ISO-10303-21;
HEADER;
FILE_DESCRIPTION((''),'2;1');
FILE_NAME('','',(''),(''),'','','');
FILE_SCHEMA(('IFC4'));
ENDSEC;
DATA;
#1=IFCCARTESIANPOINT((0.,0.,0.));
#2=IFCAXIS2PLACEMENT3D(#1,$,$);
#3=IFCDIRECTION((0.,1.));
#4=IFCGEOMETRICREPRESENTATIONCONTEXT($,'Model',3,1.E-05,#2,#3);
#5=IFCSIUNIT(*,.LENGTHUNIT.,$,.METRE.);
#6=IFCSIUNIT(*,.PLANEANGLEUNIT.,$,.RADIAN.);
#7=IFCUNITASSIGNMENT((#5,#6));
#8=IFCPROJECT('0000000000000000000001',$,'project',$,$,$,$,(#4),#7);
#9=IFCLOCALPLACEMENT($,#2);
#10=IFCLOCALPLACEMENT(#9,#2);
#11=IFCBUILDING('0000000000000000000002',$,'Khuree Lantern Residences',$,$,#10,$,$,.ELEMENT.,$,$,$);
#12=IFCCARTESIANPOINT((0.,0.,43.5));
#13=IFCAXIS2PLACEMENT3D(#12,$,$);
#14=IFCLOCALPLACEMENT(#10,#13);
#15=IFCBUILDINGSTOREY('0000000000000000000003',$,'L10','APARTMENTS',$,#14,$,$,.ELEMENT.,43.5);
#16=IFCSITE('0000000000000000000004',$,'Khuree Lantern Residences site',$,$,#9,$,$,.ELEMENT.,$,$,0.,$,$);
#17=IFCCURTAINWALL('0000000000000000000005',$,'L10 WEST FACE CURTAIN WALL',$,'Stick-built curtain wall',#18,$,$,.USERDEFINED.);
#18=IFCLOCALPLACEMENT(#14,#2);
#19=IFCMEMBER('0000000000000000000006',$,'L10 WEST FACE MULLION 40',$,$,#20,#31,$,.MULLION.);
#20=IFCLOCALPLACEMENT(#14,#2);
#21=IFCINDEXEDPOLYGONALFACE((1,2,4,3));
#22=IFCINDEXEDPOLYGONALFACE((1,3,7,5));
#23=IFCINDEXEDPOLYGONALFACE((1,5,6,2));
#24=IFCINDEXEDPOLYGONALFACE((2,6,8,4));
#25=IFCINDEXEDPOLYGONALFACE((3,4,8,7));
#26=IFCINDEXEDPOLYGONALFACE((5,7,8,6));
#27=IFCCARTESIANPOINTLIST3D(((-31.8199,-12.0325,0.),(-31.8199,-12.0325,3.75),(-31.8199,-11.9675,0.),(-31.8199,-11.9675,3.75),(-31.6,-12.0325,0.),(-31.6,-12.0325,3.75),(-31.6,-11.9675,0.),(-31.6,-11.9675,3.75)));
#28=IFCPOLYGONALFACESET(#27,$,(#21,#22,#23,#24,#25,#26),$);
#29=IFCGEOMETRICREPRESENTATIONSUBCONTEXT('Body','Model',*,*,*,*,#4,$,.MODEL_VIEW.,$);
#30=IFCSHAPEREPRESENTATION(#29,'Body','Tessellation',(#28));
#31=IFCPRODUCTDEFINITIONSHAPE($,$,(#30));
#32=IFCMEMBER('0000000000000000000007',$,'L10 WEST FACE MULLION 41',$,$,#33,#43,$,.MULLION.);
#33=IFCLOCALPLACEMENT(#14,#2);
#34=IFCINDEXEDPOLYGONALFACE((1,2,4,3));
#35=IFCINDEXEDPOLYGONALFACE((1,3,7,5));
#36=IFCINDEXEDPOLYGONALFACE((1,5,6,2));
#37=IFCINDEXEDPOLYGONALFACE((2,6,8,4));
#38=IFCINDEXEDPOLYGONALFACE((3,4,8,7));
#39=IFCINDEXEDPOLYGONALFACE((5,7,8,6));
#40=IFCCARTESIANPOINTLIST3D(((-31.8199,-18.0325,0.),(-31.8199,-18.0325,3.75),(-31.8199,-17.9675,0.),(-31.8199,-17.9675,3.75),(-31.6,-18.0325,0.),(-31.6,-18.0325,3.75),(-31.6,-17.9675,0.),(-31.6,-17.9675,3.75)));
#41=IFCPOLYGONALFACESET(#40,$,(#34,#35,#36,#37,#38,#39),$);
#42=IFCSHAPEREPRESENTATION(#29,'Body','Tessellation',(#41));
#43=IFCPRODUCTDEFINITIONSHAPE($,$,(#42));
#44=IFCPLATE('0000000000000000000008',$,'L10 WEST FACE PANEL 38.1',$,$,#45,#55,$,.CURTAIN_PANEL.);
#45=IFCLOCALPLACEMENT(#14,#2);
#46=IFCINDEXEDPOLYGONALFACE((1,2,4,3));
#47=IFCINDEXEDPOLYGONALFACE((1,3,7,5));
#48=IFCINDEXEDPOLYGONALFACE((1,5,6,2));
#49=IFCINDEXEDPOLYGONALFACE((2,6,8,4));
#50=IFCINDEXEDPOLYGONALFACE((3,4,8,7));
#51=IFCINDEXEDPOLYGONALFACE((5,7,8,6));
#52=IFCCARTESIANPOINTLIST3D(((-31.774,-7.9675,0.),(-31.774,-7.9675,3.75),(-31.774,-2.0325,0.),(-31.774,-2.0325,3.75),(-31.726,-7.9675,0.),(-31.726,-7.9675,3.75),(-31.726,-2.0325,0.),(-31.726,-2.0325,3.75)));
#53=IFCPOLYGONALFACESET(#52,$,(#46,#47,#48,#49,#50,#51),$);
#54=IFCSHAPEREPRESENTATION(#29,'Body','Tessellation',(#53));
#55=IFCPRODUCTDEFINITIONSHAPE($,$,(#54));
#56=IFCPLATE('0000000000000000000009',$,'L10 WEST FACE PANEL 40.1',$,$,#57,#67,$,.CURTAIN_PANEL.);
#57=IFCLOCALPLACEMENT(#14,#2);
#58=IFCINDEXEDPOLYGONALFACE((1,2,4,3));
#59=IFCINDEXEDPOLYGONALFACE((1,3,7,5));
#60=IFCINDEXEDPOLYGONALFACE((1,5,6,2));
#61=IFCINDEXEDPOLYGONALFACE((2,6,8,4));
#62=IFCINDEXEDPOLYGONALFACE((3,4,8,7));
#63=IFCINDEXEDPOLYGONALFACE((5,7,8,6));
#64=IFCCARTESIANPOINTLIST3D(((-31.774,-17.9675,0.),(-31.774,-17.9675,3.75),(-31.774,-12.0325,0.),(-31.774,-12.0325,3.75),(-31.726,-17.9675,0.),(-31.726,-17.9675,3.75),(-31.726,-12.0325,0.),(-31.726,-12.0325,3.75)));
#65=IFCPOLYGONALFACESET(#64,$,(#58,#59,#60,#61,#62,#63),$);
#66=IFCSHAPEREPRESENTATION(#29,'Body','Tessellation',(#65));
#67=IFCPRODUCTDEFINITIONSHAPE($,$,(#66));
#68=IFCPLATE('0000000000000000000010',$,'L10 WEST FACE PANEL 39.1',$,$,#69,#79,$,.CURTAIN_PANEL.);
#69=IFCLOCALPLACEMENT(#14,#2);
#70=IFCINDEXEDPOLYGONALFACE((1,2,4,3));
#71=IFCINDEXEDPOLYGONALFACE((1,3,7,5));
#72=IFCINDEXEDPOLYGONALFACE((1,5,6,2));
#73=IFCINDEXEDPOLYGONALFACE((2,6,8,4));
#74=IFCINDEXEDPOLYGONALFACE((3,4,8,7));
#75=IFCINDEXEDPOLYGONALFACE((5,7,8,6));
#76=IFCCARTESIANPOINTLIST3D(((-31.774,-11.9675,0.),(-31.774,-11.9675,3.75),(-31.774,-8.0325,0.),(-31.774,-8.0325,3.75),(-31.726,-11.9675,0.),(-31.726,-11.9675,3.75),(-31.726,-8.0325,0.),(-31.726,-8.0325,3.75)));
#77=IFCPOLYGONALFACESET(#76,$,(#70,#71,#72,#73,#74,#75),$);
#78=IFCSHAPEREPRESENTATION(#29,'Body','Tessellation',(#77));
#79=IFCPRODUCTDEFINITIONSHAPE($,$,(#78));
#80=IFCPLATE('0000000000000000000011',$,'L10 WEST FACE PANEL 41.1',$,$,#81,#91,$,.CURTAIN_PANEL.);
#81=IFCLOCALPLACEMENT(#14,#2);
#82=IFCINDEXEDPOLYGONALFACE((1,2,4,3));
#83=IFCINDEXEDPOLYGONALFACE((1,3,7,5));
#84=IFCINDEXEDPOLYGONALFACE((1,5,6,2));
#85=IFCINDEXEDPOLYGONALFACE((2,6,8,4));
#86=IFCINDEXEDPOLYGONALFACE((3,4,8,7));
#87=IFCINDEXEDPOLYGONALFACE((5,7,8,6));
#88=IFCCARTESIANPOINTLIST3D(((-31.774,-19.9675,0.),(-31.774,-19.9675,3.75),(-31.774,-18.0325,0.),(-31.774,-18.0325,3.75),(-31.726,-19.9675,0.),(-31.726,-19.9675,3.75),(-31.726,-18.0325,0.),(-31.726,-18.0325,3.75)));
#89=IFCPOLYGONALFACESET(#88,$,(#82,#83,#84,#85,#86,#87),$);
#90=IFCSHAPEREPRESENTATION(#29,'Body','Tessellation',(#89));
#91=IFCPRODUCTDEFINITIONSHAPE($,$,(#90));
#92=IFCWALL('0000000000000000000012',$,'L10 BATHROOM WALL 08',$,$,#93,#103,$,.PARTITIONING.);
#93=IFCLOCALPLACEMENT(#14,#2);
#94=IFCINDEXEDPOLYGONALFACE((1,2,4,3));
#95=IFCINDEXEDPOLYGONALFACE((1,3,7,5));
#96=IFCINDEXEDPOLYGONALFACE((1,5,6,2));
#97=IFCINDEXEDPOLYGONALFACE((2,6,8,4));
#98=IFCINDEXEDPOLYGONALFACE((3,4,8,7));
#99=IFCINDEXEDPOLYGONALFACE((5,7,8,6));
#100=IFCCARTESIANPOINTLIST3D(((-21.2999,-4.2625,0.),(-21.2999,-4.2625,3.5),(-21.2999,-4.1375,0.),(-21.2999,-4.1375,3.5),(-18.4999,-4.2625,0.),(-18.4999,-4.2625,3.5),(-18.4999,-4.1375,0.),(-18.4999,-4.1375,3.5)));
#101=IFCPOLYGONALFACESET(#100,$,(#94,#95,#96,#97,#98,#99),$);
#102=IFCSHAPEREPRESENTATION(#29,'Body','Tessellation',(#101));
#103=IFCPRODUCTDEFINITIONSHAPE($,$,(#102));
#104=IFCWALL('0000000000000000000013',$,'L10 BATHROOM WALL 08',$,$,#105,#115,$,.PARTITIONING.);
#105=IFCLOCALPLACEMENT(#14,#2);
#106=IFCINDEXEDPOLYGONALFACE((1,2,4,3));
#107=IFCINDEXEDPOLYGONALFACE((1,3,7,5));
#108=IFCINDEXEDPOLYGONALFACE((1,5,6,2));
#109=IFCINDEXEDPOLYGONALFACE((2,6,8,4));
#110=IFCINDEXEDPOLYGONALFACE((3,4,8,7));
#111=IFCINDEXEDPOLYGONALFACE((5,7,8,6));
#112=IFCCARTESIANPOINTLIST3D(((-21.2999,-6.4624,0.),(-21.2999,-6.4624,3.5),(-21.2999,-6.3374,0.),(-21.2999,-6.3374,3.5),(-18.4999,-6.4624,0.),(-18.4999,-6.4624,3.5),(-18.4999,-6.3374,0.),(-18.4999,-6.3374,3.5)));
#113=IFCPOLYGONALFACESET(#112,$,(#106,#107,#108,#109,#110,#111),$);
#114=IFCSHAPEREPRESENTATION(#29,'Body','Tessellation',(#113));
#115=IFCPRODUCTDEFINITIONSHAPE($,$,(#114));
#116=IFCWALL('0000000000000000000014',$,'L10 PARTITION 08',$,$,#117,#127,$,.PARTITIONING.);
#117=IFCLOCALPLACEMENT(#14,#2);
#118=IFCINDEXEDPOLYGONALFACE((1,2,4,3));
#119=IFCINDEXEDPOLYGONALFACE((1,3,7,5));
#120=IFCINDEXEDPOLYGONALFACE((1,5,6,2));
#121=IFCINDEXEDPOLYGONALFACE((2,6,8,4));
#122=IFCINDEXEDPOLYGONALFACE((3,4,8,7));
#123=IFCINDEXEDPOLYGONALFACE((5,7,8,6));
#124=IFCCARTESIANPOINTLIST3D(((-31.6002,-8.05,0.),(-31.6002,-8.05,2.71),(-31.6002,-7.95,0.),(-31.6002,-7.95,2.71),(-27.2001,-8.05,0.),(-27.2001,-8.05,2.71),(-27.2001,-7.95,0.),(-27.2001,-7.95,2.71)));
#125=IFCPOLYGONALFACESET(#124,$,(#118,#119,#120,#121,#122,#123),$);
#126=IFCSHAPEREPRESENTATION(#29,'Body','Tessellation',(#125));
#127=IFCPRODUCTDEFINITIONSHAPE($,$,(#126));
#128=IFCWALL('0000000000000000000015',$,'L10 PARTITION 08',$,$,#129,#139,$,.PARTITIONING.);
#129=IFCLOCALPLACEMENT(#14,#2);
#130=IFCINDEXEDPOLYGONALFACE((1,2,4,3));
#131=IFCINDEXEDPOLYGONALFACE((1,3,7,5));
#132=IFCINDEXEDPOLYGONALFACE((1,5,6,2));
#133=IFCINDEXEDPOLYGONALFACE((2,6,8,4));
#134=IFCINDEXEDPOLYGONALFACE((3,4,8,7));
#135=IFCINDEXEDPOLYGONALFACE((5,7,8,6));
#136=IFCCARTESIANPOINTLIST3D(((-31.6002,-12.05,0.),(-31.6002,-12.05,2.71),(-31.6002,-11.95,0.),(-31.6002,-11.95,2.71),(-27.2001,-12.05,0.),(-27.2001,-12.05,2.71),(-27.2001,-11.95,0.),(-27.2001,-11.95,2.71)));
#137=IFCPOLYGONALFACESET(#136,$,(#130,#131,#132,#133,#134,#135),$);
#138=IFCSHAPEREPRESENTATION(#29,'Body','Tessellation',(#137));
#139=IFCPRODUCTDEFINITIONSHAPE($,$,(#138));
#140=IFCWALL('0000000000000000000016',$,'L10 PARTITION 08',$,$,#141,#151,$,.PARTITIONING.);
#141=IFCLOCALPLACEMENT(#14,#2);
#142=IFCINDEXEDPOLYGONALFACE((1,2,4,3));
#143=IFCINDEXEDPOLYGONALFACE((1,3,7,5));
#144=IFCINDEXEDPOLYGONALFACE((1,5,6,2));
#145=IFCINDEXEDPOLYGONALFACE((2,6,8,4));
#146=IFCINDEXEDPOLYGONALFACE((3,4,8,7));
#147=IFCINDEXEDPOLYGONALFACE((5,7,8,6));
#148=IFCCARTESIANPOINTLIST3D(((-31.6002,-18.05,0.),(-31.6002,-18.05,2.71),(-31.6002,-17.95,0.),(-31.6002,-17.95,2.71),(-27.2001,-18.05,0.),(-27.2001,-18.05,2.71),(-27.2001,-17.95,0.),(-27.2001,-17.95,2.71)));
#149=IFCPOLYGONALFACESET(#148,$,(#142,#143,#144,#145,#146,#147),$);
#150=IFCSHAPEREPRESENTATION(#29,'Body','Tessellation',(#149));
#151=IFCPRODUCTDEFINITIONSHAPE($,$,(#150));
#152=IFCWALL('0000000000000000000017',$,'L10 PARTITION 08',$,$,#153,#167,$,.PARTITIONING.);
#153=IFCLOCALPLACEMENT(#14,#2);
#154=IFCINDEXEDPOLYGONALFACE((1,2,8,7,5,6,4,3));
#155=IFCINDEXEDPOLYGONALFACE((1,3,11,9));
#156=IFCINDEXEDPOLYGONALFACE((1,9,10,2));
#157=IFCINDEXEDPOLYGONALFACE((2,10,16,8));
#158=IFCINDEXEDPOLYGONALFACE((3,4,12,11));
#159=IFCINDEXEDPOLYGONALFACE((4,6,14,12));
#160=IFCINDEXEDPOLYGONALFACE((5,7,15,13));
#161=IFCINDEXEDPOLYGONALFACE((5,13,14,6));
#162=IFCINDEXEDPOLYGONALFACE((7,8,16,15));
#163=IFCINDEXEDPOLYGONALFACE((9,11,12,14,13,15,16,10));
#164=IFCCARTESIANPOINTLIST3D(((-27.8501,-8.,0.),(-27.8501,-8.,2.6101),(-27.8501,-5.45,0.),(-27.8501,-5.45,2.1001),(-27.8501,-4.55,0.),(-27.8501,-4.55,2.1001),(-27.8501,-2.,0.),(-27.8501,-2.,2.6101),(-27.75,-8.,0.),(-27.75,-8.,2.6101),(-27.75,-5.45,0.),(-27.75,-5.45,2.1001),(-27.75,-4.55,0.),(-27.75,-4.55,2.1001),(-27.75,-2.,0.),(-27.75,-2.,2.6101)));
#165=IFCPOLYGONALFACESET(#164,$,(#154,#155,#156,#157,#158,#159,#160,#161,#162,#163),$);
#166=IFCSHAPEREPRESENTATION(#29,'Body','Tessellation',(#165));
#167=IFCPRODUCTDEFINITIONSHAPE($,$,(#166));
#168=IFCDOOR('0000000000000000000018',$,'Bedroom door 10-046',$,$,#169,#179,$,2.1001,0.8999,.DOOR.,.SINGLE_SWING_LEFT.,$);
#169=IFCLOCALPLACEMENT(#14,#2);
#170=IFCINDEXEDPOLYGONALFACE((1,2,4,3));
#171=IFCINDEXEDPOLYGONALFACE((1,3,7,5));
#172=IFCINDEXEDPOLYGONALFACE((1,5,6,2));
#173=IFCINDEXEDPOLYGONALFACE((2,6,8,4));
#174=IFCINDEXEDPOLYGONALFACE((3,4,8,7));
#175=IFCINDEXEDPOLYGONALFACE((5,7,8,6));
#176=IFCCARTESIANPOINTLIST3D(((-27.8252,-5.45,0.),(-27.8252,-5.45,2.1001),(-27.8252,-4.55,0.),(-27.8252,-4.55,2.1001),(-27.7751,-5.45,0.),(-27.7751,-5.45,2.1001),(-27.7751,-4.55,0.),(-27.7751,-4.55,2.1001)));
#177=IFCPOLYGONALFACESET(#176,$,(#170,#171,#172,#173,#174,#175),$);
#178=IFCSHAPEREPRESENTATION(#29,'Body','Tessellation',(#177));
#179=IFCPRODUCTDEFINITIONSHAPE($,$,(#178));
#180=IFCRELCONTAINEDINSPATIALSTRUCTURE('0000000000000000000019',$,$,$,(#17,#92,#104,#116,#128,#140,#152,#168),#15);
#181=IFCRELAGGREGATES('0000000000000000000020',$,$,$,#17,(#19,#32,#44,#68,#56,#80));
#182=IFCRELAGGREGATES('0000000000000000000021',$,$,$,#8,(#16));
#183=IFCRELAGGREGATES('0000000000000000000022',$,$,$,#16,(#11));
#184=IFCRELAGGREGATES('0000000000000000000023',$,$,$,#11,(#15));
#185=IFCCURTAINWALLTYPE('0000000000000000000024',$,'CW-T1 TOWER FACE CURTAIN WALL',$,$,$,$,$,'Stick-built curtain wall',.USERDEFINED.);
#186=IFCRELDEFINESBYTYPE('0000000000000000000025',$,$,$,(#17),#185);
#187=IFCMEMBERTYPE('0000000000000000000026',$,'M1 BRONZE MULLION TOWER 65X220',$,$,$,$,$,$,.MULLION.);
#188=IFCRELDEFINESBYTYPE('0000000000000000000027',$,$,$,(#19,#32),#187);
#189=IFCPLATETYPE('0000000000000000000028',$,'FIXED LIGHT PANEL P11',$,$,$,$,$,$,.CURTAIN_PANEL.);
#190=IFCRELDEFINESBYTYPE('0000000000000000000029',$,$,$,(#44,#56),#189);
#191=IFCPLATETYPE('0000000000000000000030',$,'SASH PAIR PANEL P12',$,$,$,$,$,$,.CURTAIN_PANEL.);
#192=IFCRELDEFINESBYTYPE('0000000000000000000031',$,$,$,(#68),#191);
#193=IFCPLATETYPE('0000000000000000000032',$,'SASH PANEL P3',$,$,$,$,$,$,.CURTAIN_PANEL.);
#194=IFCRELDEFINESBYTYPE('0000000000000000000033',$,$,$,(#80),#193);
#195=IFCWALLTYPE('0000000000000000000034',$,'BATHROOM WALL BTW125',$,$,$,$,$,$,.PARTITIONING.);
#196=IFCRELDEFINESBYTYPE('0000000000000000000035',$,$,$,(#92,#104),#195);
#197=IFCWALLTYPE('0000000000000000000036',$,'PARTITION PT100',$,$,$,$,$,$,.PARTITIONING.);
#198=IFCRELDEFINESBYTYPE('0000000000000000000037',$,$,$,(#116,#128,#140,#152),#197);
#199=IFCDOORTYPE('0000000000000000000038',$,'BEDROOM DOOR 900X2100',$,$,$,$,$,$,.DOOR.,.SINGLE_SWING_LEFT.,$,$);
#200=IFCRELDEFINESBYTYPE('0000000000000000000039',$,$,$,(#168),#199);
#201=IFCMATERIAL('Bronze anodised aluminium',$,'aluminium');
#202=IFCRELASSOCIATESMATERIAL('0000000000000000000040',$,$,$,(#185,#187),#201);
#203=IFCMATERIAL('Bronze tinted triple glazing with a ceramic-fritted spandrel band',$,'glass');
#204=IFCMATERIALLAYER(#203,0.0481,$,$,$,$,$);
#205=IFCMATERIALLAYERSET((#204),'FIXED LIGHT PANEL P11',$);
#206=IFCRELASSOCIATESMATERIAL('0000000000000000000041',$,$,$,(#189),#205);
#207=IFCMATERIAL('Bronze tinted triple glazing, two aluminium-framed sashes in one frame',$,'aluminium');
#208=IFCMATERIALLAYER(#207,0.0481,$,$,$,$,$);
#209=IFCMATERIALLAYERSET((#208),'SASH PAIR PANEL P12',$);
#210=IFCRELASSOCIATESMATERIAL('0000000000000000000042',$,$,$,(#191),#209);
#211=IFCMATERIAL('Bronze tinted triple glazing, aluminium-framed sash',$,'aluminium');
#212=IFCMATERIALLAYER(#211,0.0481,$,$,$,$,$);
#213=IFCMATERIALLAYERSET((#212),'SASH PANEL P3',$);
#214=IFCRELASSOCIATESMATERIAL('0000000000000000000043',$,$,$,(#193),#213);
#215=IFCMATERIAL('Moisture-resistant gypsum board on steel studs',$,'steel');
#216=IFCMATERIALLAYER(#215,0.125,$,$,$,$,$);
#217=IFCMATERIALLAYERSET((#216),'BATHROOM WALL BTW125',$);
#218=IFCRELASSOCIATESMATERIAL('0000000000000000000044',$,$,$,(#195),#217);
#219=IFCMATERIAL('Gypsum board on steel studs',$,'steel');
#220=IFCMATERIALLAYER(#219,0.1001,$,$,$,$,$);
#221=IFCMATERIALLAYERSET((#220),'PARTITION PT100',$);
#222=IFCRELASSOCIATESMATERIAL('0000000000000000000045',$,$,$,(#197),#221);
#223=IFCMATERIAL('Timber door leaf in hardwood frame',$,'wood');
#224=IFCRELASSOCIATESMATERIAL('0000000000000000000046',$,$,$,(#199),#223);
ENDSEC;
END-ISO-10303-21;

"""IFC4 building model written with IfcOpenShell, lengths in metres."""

from ifc_helpers import new_model, si_unit, direction, frame, frame_2d, origin, origin_2d, place, context, subcontext, project, spatial, rectangle, extrude, material, layer, layer_set, material_profile, profile_set, type_object, element, fill, aggregate, save


model = new_model("IFC4")

# Units and contexts
model_context = context("Model", 3, precision=1e-05, world=origin(), true_north=direction((0.0, 1.0)))
body_context = subcontext(model_context, "Body", "Model", "MODEL_VIEW")
ifc_project = project(units=[si_unit("LENGTHUNIT", "METRE"), si_unit("PLANEANGLEUNIT", "RADIAN")], contexts=[model_context])

# Site, building, storey
site_placement = place(None, origin())
site = spatial("IfcSite", under=ifc_project, at=site_placement, Name="Khuree Lantern Residences site", CompositionType="ELEMENT", RefElevation=0.0)
building_placement = place(site_placement, origin())
building = spatial("IfcBuilding", under=site, at=building_placement, Name="Khuree Lantern Residences", CompositionType="ELEMENT")
storey_placement = place(building_placement, frame((0.0, 0.0, 43.5)))
storey = spatial("IfcBuildingStorey", under=building, at=storey_placement, Name="L10", Description="APARTMENTS", CompositionType="ELEMENT", Elevation=43.5)

# Curtain wall
ifc_material_1 = material(Name="Bronze anodised aluminium", Category="aluminium")
curtain_wall_type = type_object("IfcCurtainWallType", Name="CW-T1 TOWER FACE CURTAIN WALL", ElementType="Stick-built curtain wall", PredefinedType="USERDEFINED", material=ifc_material_1)
curtain_wall_placement = place(storey_placement, origin())
curtain_wall = element("IfcCurtainWall", 1, at=curtain_wall_placement, inside=storey, type_object=curtain_wall_type, Name="L10 WEST FACE CURTAIN WALL", ObjectType="Stick-built curtain wall", PredefinedType="USERDEFINED")

# Members
ifc_material_profile_1 = material_profile(ifc_material_1, rectangle(XDim=0.0649, YDim=0.22, at=origin_2d()), Name="M1 65X220")
ifc_profile_set_1 = profile_set([ifc_material_profile_1], Name="Bronze anodised aluminium")
member_type_1 = type_object("IfcMemberType", Name="M1 BRONZE MULLION TOWER 65X220", PredefinedType="MULLION", material=ifc_profile_set_1)
member_1_placement = place(storey_placement, frame((-31.71, -12.0, 0.0), z_axis=(0.0, 0.0, 1.0), x_axis=(0.0, -1.0, 0.0)))
member_1 = element("IfcMember", 2, at=member_1_placement, type_object=member_type_1, Name="L10 WEST FACE MULLION 40", PredefinedType="MULLION", context=body_context, shape_type="SweptSolid", body=[
    extrude(rectangle(XDim=0.0649, YDim=0.22, at=origin_2d()), origin(), (0.0, 0.0, 1.0), 3.75),
])
member_2_placement = place(storey_placement, frame((-31.71, -18.0, 0.0), z_axis=(0.0, 0.0, 1.0), x_axis=(0.0, -1.0, 0.0)))
member_2 = element("IfcMember", 3, at=member_2_placement, type_object=member_type_1, Name="L10 WEST FACE MULLION 41", PredefinedType="MULLION", context=body_context, shape_type="SweptSolid", body=[
    extrude(rectangle(XDim=0.0649, YDim=0.22, at=origin_2d()), origin(), (0.0, 0.0, 1.0), 3.75),
])

# Plates
ifc_material_2 = material(Name="Bronze tinted triple glazing with a ceramic-fritted spandrel band", Category="glass")
ifc_layer_1 = layer(ifc_material_2, 0.0481)
ifc_layer_set_1 = layer_set([ifc_layer_1], Name="FIXED LIGHT PANEL P11")
plate_type_1 = type_object("IfcPlateType", Name="FIXED LIGHT PANEL P11", PredefinedType="CURTAIN_PANEL", material=ifc_layer_set_1)
plate_1_placement = place(storey_placement, frame((-31.75, -5.0, 0.0), z_axis=(0.0, 0.0, 1.0), x_axis=(0.0, -1.0, 0.0)))
plate_1 = element("IfcPlate", 4, at=plate_1_placement, type_object=plate_type_1, Name="L10 WEST FACE PANEL 38.1", PredefinedType="CURTAIN_PANEL", context=body_context, shape_type="SweptSolid", body=[
    extrude(rectangle(XDim=5.9351, YDim=0.0481, at=origin_2d()), origin(), (0.0, 0.0, 1.0), 3.75),
])
plate_2_placement = place(storey_placement, frame((-31.75, -15.0, 0.0), z_axis=(0.0, 0.0, 1.0), x_axis=(0.0, -1.0, 0.0)))
plate_2 = element("IfcPlate", 5, at=plate_2_placement, type_object=plate_type_1, Name="L10 WEST FACE PANEL 40.1", PredefinedType="CURTAIN_PANEL", context=body_context, shape_type="SweptSolid", body=[
    extrude(rectangle(XDim=5.9351, YDim=0.0481, at=origin_2d()), origin(), (0.0, 0.0, 1.0), 3.75),
])
ifc_material_3 = material(Name="Bronze tinted triple glazing, two aluminium-framed sashes in one frame", Category="aluminium")
ifc_layer_2 = layer(ifc_material_3, 0.0481)
ifc_layer_set_2 = layer_set([ifc_layer_2], Name="SASH PAIR PANEL P12")
plate_type_2 = type_object("IfcPlateType", Name="SASH PAIR PANEL P12", PredefinedType="CURTAIN_PANEL", material=ifc_layer_set_2)
plate_3_placement = place(storey_placement, frame((-31.75, -10.0, 0.0), z_axis=(0.0, 0.0, 1.0), x_axis=(0.0, -1.0, 0.0)))
plate_3 = element("IfcPlate", 6, at=plate_3_placement, type_object=plate_type_2, Name="L10 WEST FACE PANEL 39.1", PredefinedType="CURTAIN_PANEL", context=body_context, shape_type="SweptSolid", body=[
    extrude(rectangle(XDim=3.9351, YDim=0.0481, at=origin_2d()), origin(), (0.0, 0.0, 1.0), 3.75),
])
ifc_material_4 = material(Name="Bronze tinted triple glazing, aluminium-framed sash", Category="aluminium")
ifc_layer_3 = layer(ifc_material_4, 0.0481)
ifc_layer_set_3 = layer_set([ifc_layer_3], Name="SASH PANEL P3")
plate_type_3 = type_object("IfcPlateType", Name="SASH PANEL P3", PredefinedType="CURTAIN_PANEL", material=ifc_layer_set_3)
plate_4_placement = place(storey_placement, frame((-31.75, -19.0, 0.0), z_axis=(0.0, 0.0, 1.0), x_axis=(0.0, -1.0, 0.0)))
plate_4 = element("IfcPlate", 7, at=plate_4_placement, type_object=plate_type_3, Name="L10 WEST FACE PANEL 41.1", PredefinedType="CURTAIN_PANEL", context=body_context, shape_type="SweptSolid", body=[
    extrude(rectangle(XDim=1.9351, YDim=0.0481, at=origin_2d()), origin(), (0.0, 0.0, 1.0), 3.75),
])
aggregate(curtain_wall, [member_1, member_2, plate_1, plate_3, plate_2, plate_4])

# Walls
ifc_material_5 = material(Name="Moisture-resistant gypsum board on steel studs", Category="steel")
ifc_layer_4 = layer(ifc_material_5, 0.125)
ifc_layer_set_4 = layer_set([ifc_layer_4], Name="BATHROOM WALL BTW125")
wall_type_1 = type_object("IfcWallType", Name="BATHROOM WALL BTW125", PredefinedType="PARTITIONING", material=ifc_layer_set_4)
for number, where, z_axis, x_axis, name in (
    (8, (-18.5, -4.2, 0.0), (0.0, 0.0, 1.0), (-1.0, 0.0, 0.0), "L10 BATHROOM WALL 08"),
    (9, (-18.5, -6.3999, 0.0), (0.0, 0.0, 1.0), (-1.0, 0.0, 0.0), "L10 BATHROOM WALL 08"),
):
    element("IfcWall", number, at=place(storey_placement, frame(where, z_axis=z_axis, x_axis=x_axis)), inside=storey, type_object=wall_type_1, Name=name, PredefinedType="PARTITIONING", context=body_context, shape_type="SweptSolid", body=[
        extrude(rectangle(XDim=2.8, YDim=0.125, at=frame_2d((1.3999, 0.0))), origin(), (0.0, 0.0, 1.0), 3.5),
    ])
ifc_material_6 = material(Name="Gypsum board on steel studs", Category="steel")
ifc_layer_5 = layer(ifc_material_6, 0.1001)
ifc_layer_set_5 = layer_set([ifc_layer_5], Name="PARTITION PT100")
wall_type_2 = type_object("IfcWallType", Name="PARTITION PT100", PredefinedType="PARTITIONING", material=ifc_layer_set_5)
for number, where, z_axis, x_axis, name in (
    (10, (-27.2, -8.0, 0.0), (0.0, 0.0, 1.0), (-1.0, 0.0, 0.0), "L10 PARTITION 08"),
    (11, (-27.2, -12.0, 0.0), (0.0, 0.0, 1.0), (-1.0, 0.0, 0.0), "L10 PARTITION 08"),
    (12, (-27.2, -18.0, 0.0), (0.0, 0.0, 1.0), (-1.0, 0.0, 0.0), "L10 PARTITION 08"),
):
    element("IfcWall", number, at=place(storey_placement, frame(where, z_axis=z_axis, x_axis=x_axis)), inside=storey, type_object=wall_type_2, Name=name, PredefinedType="PARTITIONING", context=body_context, shape_type="SweptSolid", body=[
        extrude(rectangle(XDim=4.4001, YDim=0.1001, at=frame_2d((2.2002, 0.0))), origin(), (0.0, 0.0, 1.0), 2.71),
    ])

# Wall, opening, door
wall_1_placement = place(storey_placement, frame((-27.8, -2.0, 0.0), z_axis=(0.0, 0.0, 1.0), x_axis=(0.0, -1.0, 0.0)))
wall_1 = element("IfcWall", 13, at=wall_1_placement, inside=storey, type_object=wall_type_2, Name="L10 PARTITION 08", PredefinedType="PARTITIONING", context=body_context, shape_type="SweptSolid", body=[
    extrude(rectangle(XDim=6.0, YDim=0.1001, at=frame_2d((3.0, 0.0))), origin(), (0.0, 0.0, 1.0), 2.6101),
])
opening_1_placement = place(wall_1_placement, frame((2.55, 0.0, 0.0)))
opening_1 = element("IfcOpeningElement", 14, at=opening_1_placement, cuts=wall_1, PredefinedType="OPENING", context=body_context, shape_type="SweptSolid", body=[
    extrude(rectangle(XDim=0.8999, YDim=2.1001, at=frame_2d((0.45, 1.05))), frame((0.0, 0.0601, 0.0), z_axis=(0.0, -1.0, 0.0), x_axis=(1.0, 0.0, 0.0)), (0.0, 0.0, 1.0), 0.1201),
])
ifc_material_7 = material(Name="Timber door leaf in hardwood frame", Category="wood")
door_type = type_object("IfcDoorType", Name="BEDROOM DOOR 900X2100", OperationType="SINGLE_SWING_LEFT", PredefinedType="DOOR", material=ifc_material_7)
door_1_placement = place(opening_1_placement, origin())
door_1 = element("IfcDoor", 15, at=door_1_placement, inside=storey, type_object=door_type, Name="Bedroom door 10-046", OperationType="SINGLE_SWING_LEFT", OverallHeight=2.1001, OverallWidth=0.8999, PredefinedType="DOOR", context=body_context, shape_type="SweptSolid", body=[
    extrude(rectangle(XDim=0.8999, YDim=2.1001, at=frame_2d((0.45, 1.05))), frame((0.0, 0.0249, 0.0), z_axis=(0.0, -1.0, 0.0), x_axis=(1.0, 0.0, 0.0)), (0.0, 0.0, 1.0), 0.05),
])
fill(opening_1, door_1)

save(model, "model.ifc")
